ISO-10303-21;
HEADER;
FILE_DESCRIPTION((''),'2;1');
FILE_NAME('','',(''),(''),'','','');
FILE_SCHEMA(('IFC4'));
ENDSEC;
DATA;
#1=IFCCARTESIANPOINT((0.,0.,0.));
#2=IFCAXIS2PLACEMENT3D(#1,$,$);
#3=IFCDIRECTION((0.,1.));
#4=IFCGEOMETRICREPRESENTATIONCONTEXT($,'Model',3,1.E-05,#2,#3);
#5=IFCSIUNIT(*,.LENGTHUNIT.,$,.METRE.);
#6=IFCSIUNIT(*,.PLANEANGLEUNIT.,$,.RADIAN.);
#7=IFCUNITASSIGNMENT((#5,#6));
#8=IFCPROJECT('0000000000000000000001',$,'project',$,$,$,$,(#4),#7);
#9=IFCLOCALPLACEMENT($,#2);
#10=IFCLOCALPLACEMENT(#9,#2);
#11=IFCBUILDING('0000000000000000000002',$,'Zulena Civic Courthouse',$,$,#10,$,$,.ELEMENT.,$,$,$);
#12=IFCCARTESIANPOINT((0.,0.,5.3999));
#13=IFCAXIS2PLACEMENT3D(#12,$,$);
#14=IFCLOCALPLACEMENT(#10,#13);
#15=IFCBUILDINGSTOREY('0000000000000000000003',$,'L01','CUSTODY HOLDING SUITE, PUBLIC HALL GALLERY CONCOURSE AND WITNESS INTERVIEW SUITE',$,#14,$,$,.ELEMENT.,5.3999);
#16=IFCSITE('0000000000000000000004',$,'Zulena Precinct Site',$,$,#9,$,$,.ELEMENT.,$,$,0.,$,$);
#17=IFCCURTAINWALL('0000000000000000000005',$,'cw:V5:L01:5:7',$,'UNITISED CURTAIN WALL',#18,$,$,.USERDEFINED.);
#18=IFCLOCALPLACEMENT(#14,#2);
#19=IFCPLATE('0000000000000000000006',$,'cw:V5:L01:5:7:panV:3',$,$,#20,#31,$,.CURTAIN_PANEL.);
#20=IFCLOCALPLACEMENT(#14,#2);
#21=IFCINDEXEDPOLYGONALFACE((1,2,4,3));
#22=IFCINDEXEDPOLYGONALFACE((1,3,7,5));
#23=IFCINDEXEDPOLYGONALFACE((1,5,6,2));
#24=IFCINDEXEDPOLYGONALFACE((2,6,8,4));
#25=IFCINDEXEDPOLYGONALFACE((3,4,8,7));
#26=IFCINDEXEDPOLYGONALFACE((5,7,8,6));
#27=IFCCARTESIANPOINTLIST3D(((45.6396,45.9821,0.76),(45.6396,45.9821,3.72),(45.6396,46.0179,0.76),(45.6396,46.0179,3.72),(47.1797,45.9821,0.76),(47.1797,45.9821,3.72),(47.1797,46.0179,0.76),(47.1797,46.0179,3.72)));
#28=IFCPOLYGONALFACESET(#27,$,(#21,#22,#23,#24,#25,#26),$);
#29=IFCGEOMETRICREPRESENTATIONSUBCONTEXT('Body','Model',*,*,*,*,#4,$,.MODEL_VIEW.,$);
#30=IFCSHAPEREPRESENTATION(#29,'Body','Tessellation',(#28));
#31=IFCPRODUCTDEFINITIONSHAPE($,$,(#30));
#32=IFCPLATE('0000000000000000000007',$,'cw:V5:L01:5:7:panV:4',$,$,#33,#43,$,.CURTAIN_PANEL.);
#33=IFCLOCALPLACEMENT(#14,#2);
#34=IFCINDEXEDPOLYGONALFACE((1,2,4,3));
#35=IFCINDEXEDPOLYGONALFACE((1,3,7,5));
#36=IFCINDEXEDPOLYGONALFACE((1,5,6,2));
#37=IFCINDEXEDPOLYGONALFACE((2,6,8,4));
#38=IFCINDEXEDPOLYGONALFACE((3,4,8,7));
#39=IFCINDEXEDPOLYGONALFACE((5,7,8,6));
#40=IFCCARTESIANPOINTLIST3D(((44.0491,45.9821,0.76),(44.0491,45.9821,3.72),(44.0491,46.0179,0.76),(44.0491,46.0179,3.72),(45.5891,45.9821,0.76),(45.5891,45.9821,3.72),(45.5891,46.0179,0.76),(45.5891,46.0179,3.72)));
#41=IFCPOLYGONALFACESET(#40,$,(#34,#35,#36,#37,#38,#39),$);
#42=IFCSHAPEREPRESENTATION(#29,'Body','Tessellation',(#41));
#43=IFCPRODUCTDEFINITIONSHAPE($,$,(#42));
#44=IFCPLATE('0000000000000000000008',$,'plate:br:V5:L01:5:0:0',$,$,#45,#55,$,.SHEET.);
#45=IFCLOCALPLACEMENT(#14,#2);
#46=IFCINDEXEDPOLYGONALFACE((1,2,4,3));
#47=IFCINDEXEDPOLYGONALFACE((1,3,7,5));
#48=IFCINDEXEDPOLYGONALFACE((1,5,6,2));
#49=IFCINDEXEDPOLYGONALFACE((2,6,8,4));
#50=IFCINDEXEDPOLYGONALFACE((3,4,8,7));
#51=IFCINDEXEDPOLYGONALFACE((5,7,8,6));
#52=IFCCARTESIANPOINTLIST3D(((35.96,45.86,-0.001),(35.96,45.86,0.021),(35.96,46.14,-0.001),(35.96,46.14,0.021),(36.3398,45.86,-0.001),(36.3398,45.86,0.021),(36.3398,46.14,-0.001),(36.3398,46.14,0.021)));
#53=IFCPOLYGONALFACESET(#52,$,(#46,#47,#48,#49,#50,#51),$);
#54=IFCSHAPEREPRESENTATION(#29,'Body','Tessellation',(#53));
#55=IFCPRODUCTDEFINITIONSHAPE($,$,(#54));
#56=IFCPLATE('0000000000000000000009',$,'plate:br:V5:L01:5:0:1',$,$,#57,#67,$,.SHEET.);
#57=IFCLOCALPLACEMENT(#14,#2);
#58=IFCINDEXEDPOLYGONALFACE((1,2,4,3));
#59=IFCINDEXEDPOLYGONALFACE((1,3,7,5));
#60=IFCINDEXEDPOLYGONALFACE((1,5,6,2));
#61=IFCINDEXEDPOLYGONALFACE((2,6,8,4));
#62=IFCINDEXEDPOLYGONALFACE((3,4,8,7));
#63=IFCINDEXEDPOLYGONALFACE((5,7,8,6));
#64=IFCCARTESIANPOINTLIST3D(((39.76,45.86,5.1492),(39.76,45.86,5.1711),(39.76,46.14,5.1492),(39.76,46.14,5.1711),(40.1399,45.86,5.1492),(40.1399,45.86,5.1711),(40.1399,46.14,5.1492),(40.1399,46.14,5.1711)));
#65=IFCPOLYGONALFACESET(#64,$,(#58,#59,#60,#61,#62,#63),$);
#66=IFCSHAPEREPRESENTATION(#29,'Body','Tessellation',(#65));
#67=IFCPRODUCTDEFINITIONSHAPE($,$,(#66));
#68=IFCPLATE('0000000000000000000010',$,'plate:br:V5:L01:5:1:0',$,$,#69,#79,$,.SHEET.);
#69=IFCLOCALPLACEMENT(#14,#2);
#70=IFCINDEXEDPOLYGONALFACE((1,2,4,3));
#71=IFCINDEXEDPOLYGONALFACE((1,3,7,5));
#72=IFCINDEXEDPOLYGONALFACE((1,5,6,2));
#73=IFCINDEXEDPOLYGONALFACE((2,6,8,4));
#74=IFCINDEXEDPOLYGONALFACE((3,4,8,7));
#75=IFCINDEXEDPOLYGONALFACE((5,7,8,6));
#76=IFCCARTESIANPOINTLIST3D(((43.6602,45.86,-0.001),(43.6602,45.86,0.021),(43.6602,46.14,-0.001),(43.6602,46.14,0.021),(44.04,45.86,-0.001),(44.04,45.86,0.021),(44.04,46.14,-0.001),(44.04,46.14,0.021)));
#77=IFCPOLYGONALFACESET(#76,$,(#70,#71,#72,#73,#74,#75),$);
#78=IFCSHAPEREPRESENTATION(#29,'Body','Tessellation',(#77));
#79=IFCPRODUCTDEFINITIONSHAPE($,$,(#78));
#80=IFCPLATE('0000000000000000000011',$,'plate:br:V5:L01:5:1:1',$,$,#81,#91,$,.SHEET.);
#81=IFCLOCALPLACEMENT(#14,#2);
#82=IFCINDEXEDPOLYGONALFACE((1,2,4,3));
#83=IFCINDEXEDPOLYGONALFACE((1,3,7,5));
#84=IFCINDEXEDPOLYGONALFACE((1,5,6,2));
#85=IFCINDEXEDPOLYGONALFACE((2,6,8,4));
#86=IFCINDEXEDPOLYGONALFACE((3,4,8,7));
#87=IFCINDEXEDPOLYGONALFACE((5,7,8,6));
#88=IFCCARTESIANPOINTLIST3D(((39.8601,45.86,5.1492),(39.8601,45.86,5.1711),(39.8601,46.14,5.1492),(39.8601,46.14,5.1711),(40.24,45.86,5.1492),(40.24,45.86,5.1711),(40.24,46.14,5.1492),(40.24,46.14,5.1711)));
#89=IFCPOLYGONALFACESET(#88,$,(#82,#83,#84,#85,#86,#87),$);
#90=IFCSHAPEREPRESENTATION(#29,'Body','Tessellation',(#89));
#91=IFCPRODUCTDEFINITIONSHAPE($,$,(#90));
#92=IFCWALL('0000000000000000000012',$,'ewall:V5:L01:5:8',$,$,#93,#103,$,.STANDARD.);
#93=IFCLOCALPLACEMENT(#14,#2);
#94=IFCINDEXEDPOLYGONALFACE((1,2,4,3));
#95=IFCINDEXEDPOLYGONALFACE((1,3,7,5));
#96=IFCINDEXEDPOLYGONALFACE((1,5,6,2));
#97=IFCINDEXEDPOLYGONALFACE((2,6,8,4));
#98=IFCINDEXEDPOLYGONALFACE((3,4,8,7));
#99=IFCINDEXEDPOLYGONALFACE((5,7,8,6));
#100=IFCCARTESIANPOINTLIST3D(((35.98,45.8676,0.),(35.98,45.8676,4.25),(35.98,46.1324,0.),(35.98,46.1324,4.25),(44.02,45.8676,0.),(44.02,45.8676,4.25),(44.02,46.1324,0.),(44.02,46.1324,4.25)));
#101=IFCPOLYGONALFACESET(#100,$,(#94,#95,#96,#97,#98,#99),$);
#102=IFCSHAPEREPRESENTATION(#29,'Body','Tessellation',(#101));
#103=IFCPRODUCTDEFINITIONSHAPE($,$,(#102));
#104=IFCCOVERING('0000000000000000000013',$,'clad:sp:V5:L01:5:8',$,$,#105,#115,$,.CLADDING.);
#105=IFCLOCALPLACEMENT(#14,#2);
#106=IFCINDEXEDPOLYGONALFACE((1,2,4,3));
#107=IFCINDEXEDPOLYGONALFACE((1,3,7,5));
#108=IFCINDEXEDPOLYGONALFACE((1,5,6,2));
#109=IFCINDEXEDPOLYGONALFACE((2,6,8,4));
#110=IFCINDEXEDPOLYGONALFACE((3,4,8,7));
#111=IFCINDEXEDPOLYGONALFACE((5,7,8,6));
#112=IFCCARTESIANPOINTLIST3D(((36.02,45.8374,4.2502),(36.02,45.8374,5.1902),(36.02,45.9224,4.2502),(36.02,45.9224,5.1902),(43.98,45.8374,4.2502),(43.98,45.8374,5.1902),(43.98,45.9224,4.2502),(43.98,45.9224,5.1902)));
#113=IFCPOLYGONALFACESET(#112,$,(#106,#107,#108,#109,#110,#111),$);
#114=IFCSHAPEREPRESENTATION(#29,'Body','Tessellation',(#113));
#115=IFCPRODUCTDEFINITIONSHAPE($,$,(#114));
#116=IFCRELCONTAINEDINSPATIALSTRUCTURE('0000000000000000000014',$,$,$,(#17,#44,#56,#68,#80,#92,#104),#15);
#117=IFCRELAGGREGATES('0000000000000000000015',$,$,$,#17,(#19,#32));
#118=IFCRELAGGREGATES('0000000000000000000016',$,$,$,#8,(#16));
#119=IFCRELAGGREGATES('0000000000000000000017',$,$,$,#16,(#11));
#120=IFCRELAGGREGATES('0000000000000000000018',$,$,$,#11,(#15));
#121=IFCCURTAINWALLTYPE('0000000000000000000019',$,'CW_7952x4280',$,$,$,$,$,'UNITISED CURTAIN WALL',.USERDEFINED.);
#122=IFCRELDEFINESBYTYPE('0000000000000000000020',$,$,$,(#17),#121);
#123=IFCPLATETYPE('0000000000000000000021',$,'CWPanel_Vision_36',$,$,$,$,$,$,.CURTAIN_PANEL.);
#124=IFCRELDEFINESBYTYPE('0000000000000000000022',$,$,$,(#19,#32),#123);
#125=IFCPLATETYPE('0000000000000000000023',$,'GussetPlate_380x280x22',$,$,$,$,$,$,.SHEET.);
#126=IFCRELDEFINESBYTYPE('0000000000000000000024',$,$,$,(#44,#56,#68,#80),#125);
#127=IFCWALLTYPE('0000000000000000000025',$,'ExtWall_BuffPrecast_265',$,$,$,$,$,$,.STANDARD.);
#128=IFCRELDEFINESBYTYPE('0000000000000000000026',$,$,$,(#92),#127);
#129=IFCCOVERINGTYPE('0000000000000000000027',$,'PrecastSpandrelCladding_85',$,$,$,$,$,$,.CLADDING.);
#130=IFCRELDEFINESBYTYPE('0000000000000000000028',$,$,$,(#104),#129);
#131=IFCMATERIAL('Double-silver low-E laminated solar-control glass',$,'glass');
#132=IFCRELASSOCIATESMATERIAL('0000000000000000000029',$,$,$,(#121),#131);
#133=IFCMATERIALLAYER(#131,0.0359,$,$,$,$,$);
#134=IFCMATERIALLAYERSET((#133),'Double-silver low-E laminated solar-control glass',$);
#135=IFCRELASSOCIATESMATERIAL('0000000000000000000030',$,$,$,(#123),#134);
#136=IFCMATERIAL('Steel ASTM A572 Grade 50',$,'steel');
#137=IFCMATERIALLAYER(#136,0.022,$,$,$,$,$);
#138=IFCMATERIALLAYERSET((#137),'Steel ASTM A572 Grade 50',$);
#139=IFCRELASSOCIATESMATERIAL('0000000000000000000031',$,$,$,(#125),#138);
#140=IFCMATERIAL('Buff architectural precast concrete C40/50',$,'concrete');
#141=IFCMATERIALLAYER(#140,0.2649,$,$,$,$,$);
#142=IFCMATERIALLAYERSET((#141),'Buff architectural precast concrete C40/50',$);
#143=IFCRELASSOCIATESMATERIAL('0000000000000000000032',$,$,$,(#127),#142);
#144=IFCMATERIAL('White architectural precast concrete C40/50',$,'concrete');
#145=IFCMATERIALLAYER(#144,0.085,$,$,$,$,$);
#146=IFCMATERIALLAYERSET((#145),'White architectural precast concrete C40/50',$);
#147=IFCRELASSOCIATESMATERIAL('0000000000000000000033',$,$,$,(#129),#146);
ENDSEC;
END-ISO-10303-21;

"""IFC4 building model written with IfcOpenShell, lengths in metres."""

from ifc_helpers import new_model, si_unit, direction, frame, frame_2d, origin, origin_2d, place, context, subcontext, project, spatial, rectangle, extrude, material, layer, layer_set, type_object, element, aggregate, save


model = new_model("IFC4")

# Units and contexts
model_context = context("Model", 3, precision=1e-05, world=origin(), true_north=direction((0.0, 1.0)))
body_context = subcontext(model_context, "Body", "Model", "MODEL_VIEW")
ifc_project = project(units=[si_unit("LENGTHUNIT", "METRE"), si_unit("PLANEANGLEUNIT", "RADIAN")], contexts=[model_context])

# Site, building, storey
site_placement = place(None, origin())
site = spatial("IfcSite", under=ifc_project, at=site_placement, Name="Zulena Precinct Site", CompositionType="ELEMENT", RefElevation=0.0)
building_placement = place(site_placement, origin())
building = spatial("IfcBuilding", under=site, at=building_placement, Name="Zulena Civic Courthouse", CompositionType="ELEMENT")
storey_placement = place(building_placement, frame((0.0, 0.0, 5.3999)))
storey = spatial("IfcBuildingStorey", under=building, at=storey_placement, Name="L01", Description="CUSTODY HOLDING SUITE, PUBLIC HALL GALLERY CONCOURSE AND WITNESS INTERVIEW SUITE", CompositionType="ELEMENT", Elevation=5.3999)

# Curtain wall
ifc_material_1 = material(Name="Double-silver low-E laminated solar-control glass", Category="glass")
curtain_wall_type = type_object("IfcCurtainWallType", Name="CW_7952x4280", ElementType="UNITISED CURTAIN WALL", PredefinedType="USERDEFINED", material=ifc_material_1)
curtain_wall_placement = place(storey_placement, origin())
curtain_wall = element("IfcCurtainWall", 1, at=curtain_wall_placement, inside=storey, type_object=curtain_wall_type, Name="cw:V5:L01:5:7", ObjectType="UNITISED CURTAIN WALL", PredefinedType="USERDEFINED")

# Plates
ifc_layer_1 = layer(ifc_material_1, 0.0359)
ifc_layer_set_1 = layer_set([ifc_layer_1], Name="Double-silver low-E laminated solar-control glass")
plate_type_1 = type_object("IfcPlateType", Name="CWPanel_Vision_36", PredefinedType="CURTAIN_PANEL", material=ifc_layer_set_1)
plate_1_placement = place(storey_placement, frame((46.4097, 46.0, 0.76), z_axis=(0.0, 0.0, 1.0), x_axis=(-1.0, 0.0, 0.0)))
plate_1 = element("IfcPlate", 2, at=plate_1_placement, type_object=plate_type_1, Name="cw:V5:L01:5:7:panV:3", PredefinedType="CURTAIN_PANEL", context=body_context, shape_type="SweptSolid", body=[
    extrude(rectangle(XDim=1.54, YDim=0.0359, at=origin_2d()), origin(), (0.0, 0.0, 1.0), 2.96),
])
plate_2_placement = place(storey_placement, frame((44.8191, 46.0, 0.76), z_axis=(0.0, 0.0, 1.0), x_axis=(-1.0, 0.0, 0.0)))
plate_2 = element("IfcPlate", 3, at=plate_2_placement, type_object=plate_type_1, Name="cw:V5:L01:5:7:panV:4", PredefinedType="CURTAIN_PANEL", context=body_context, shape_type="SweptSolid", body=[
    extrude(rectangle(XDim=1.54, YDim=0.0359, at=origin_2d()), origin(), (0.0, 0.0, 1.0), 2.96),
])
aggregate(curtain_wall, [plate_1, plate_2])

# Plates
ifc_material_2 = material(Name="Steel ASTM A572 Grade 50", Category="steel")
ifc_layer_2 = layer(ifc_material_2, 0.022)
ifc_layer_set_2 = layer_set([ifc_layer_2], Name="Steel ASTM A572 Grade 50")
plate_type_2 = type_object("IfcPlateType", Name="GussetPlate_380x280x22", PredefinedType="SHEET", material=ifc_layer_set_2)
for number, where, z_axis, x_axis, name in (
    (4, (36.1499, 46.0, -0.001), (0.0, 0.0, 1.0), (1.0, 0.0, 0.0), "plate:br:V5:L01:5:0:0"),
    (5, (39.95, 46.0, 5.1492), (0.0, 0.0, 1.0), (1.0, 0.0, 0.0), "plate:br:V5:L01:5:0:1"),
    (6, (43.8501, 46.0, -0.001), (0.0, 0.0, 1.0), (1.0, 0.0, 0.0), "plate:br:V5:L01:5:1:0"),
    (7, (40.05, 46.0, 5.1492), (0.0, 0.0, 1.0), (1.0, 0.0, 0.0), "plate:br:V5:L01:5:1:1"),
):
    element("IfcPlate", number, at=place(storey_placement, frame(where, z_axis=z_axis, x_axis=x_axis)), inside=storey, type_object=plate_type_2, Name=name, PredefinedType="SHEET", context=body_context, shape_type="SweptSolid", body=[
        extrude(rectangle(XDim=0.3799, YDim=0.28, at=origin_2d()), origin(), (0.0, 0.0, 1.0), 0.022),
    ])

# Wall
ifc_material_3 = material(Name="Buff architectural precast concrete C40/50", Category="concrete")
ifc_layer_3 = layer(ifc_material_3, 0.2649)
ifc_layer_set_3 = layer_set([ifc_layer_3], Name="Buff architectural precast concrete C40/50")
wall_type = type_object("IfcWallType", Name="ExtWall_BuffPrecast_265", PredefinedType="STANDARD", material=ifc_layer_set_3)
wall_placement = place(storey_placement, frame((44.02, 46.0, 0.0), z_axis=(0.0, 0.0, 1.0), x_axis=(-1.0, 0.0, 0.0)))
element("IfcWall", 8, at=wall_placement, inside=storey, type_object=wall_type, Name="ewall:V5:L01:5:8", PredefinedType="STANDARD", context=body_context, shape_type="SweptSolid", body=[
    extrude(rectangle(XDim=8.04, YDim=0.2649, at=frame_2d((4.02, 0.0))), origin(), (0.0, 0.0, 1.0), 4.25),
])

# Covering
ifc_material_4 = material(Name="White architectural precast concrete C40/50", Category="concrete")
ifc_layer_4 = layer(ifc_material_4, 0.085)
ifc_layer_set_4 = layer_set([ifc_layer_4], Name="White architectural precast concrete C40/50")
covering_type = type_object("IfcCoveringType", Name="PrecastSpandrelCladding_85", PredefinedType="CLADDING", material=ifc_layer_set_4)
covering_placement = place(storey_placement, frame((40.0, 45.8799, 4.2502), z_axis=(0.0, 0.0, 1.0), x_axis=(-1.0, 0.0, 0.0)))
element("IfcCovering", 9, at=covering_placement, inside=storey, type_object=covering_type, Name="clad:sp:V5:L01:5:8", PredefinedType="CLADDING", context=body_context, shape_type="SweptSolid", body=[
    extrude(rectangle(XDim=7.96, YDim=0.085, at=origin_2d()), origin(), (0.0, 0.0, 1.0), 0.9399),
])

save(model, "model.ifc")
